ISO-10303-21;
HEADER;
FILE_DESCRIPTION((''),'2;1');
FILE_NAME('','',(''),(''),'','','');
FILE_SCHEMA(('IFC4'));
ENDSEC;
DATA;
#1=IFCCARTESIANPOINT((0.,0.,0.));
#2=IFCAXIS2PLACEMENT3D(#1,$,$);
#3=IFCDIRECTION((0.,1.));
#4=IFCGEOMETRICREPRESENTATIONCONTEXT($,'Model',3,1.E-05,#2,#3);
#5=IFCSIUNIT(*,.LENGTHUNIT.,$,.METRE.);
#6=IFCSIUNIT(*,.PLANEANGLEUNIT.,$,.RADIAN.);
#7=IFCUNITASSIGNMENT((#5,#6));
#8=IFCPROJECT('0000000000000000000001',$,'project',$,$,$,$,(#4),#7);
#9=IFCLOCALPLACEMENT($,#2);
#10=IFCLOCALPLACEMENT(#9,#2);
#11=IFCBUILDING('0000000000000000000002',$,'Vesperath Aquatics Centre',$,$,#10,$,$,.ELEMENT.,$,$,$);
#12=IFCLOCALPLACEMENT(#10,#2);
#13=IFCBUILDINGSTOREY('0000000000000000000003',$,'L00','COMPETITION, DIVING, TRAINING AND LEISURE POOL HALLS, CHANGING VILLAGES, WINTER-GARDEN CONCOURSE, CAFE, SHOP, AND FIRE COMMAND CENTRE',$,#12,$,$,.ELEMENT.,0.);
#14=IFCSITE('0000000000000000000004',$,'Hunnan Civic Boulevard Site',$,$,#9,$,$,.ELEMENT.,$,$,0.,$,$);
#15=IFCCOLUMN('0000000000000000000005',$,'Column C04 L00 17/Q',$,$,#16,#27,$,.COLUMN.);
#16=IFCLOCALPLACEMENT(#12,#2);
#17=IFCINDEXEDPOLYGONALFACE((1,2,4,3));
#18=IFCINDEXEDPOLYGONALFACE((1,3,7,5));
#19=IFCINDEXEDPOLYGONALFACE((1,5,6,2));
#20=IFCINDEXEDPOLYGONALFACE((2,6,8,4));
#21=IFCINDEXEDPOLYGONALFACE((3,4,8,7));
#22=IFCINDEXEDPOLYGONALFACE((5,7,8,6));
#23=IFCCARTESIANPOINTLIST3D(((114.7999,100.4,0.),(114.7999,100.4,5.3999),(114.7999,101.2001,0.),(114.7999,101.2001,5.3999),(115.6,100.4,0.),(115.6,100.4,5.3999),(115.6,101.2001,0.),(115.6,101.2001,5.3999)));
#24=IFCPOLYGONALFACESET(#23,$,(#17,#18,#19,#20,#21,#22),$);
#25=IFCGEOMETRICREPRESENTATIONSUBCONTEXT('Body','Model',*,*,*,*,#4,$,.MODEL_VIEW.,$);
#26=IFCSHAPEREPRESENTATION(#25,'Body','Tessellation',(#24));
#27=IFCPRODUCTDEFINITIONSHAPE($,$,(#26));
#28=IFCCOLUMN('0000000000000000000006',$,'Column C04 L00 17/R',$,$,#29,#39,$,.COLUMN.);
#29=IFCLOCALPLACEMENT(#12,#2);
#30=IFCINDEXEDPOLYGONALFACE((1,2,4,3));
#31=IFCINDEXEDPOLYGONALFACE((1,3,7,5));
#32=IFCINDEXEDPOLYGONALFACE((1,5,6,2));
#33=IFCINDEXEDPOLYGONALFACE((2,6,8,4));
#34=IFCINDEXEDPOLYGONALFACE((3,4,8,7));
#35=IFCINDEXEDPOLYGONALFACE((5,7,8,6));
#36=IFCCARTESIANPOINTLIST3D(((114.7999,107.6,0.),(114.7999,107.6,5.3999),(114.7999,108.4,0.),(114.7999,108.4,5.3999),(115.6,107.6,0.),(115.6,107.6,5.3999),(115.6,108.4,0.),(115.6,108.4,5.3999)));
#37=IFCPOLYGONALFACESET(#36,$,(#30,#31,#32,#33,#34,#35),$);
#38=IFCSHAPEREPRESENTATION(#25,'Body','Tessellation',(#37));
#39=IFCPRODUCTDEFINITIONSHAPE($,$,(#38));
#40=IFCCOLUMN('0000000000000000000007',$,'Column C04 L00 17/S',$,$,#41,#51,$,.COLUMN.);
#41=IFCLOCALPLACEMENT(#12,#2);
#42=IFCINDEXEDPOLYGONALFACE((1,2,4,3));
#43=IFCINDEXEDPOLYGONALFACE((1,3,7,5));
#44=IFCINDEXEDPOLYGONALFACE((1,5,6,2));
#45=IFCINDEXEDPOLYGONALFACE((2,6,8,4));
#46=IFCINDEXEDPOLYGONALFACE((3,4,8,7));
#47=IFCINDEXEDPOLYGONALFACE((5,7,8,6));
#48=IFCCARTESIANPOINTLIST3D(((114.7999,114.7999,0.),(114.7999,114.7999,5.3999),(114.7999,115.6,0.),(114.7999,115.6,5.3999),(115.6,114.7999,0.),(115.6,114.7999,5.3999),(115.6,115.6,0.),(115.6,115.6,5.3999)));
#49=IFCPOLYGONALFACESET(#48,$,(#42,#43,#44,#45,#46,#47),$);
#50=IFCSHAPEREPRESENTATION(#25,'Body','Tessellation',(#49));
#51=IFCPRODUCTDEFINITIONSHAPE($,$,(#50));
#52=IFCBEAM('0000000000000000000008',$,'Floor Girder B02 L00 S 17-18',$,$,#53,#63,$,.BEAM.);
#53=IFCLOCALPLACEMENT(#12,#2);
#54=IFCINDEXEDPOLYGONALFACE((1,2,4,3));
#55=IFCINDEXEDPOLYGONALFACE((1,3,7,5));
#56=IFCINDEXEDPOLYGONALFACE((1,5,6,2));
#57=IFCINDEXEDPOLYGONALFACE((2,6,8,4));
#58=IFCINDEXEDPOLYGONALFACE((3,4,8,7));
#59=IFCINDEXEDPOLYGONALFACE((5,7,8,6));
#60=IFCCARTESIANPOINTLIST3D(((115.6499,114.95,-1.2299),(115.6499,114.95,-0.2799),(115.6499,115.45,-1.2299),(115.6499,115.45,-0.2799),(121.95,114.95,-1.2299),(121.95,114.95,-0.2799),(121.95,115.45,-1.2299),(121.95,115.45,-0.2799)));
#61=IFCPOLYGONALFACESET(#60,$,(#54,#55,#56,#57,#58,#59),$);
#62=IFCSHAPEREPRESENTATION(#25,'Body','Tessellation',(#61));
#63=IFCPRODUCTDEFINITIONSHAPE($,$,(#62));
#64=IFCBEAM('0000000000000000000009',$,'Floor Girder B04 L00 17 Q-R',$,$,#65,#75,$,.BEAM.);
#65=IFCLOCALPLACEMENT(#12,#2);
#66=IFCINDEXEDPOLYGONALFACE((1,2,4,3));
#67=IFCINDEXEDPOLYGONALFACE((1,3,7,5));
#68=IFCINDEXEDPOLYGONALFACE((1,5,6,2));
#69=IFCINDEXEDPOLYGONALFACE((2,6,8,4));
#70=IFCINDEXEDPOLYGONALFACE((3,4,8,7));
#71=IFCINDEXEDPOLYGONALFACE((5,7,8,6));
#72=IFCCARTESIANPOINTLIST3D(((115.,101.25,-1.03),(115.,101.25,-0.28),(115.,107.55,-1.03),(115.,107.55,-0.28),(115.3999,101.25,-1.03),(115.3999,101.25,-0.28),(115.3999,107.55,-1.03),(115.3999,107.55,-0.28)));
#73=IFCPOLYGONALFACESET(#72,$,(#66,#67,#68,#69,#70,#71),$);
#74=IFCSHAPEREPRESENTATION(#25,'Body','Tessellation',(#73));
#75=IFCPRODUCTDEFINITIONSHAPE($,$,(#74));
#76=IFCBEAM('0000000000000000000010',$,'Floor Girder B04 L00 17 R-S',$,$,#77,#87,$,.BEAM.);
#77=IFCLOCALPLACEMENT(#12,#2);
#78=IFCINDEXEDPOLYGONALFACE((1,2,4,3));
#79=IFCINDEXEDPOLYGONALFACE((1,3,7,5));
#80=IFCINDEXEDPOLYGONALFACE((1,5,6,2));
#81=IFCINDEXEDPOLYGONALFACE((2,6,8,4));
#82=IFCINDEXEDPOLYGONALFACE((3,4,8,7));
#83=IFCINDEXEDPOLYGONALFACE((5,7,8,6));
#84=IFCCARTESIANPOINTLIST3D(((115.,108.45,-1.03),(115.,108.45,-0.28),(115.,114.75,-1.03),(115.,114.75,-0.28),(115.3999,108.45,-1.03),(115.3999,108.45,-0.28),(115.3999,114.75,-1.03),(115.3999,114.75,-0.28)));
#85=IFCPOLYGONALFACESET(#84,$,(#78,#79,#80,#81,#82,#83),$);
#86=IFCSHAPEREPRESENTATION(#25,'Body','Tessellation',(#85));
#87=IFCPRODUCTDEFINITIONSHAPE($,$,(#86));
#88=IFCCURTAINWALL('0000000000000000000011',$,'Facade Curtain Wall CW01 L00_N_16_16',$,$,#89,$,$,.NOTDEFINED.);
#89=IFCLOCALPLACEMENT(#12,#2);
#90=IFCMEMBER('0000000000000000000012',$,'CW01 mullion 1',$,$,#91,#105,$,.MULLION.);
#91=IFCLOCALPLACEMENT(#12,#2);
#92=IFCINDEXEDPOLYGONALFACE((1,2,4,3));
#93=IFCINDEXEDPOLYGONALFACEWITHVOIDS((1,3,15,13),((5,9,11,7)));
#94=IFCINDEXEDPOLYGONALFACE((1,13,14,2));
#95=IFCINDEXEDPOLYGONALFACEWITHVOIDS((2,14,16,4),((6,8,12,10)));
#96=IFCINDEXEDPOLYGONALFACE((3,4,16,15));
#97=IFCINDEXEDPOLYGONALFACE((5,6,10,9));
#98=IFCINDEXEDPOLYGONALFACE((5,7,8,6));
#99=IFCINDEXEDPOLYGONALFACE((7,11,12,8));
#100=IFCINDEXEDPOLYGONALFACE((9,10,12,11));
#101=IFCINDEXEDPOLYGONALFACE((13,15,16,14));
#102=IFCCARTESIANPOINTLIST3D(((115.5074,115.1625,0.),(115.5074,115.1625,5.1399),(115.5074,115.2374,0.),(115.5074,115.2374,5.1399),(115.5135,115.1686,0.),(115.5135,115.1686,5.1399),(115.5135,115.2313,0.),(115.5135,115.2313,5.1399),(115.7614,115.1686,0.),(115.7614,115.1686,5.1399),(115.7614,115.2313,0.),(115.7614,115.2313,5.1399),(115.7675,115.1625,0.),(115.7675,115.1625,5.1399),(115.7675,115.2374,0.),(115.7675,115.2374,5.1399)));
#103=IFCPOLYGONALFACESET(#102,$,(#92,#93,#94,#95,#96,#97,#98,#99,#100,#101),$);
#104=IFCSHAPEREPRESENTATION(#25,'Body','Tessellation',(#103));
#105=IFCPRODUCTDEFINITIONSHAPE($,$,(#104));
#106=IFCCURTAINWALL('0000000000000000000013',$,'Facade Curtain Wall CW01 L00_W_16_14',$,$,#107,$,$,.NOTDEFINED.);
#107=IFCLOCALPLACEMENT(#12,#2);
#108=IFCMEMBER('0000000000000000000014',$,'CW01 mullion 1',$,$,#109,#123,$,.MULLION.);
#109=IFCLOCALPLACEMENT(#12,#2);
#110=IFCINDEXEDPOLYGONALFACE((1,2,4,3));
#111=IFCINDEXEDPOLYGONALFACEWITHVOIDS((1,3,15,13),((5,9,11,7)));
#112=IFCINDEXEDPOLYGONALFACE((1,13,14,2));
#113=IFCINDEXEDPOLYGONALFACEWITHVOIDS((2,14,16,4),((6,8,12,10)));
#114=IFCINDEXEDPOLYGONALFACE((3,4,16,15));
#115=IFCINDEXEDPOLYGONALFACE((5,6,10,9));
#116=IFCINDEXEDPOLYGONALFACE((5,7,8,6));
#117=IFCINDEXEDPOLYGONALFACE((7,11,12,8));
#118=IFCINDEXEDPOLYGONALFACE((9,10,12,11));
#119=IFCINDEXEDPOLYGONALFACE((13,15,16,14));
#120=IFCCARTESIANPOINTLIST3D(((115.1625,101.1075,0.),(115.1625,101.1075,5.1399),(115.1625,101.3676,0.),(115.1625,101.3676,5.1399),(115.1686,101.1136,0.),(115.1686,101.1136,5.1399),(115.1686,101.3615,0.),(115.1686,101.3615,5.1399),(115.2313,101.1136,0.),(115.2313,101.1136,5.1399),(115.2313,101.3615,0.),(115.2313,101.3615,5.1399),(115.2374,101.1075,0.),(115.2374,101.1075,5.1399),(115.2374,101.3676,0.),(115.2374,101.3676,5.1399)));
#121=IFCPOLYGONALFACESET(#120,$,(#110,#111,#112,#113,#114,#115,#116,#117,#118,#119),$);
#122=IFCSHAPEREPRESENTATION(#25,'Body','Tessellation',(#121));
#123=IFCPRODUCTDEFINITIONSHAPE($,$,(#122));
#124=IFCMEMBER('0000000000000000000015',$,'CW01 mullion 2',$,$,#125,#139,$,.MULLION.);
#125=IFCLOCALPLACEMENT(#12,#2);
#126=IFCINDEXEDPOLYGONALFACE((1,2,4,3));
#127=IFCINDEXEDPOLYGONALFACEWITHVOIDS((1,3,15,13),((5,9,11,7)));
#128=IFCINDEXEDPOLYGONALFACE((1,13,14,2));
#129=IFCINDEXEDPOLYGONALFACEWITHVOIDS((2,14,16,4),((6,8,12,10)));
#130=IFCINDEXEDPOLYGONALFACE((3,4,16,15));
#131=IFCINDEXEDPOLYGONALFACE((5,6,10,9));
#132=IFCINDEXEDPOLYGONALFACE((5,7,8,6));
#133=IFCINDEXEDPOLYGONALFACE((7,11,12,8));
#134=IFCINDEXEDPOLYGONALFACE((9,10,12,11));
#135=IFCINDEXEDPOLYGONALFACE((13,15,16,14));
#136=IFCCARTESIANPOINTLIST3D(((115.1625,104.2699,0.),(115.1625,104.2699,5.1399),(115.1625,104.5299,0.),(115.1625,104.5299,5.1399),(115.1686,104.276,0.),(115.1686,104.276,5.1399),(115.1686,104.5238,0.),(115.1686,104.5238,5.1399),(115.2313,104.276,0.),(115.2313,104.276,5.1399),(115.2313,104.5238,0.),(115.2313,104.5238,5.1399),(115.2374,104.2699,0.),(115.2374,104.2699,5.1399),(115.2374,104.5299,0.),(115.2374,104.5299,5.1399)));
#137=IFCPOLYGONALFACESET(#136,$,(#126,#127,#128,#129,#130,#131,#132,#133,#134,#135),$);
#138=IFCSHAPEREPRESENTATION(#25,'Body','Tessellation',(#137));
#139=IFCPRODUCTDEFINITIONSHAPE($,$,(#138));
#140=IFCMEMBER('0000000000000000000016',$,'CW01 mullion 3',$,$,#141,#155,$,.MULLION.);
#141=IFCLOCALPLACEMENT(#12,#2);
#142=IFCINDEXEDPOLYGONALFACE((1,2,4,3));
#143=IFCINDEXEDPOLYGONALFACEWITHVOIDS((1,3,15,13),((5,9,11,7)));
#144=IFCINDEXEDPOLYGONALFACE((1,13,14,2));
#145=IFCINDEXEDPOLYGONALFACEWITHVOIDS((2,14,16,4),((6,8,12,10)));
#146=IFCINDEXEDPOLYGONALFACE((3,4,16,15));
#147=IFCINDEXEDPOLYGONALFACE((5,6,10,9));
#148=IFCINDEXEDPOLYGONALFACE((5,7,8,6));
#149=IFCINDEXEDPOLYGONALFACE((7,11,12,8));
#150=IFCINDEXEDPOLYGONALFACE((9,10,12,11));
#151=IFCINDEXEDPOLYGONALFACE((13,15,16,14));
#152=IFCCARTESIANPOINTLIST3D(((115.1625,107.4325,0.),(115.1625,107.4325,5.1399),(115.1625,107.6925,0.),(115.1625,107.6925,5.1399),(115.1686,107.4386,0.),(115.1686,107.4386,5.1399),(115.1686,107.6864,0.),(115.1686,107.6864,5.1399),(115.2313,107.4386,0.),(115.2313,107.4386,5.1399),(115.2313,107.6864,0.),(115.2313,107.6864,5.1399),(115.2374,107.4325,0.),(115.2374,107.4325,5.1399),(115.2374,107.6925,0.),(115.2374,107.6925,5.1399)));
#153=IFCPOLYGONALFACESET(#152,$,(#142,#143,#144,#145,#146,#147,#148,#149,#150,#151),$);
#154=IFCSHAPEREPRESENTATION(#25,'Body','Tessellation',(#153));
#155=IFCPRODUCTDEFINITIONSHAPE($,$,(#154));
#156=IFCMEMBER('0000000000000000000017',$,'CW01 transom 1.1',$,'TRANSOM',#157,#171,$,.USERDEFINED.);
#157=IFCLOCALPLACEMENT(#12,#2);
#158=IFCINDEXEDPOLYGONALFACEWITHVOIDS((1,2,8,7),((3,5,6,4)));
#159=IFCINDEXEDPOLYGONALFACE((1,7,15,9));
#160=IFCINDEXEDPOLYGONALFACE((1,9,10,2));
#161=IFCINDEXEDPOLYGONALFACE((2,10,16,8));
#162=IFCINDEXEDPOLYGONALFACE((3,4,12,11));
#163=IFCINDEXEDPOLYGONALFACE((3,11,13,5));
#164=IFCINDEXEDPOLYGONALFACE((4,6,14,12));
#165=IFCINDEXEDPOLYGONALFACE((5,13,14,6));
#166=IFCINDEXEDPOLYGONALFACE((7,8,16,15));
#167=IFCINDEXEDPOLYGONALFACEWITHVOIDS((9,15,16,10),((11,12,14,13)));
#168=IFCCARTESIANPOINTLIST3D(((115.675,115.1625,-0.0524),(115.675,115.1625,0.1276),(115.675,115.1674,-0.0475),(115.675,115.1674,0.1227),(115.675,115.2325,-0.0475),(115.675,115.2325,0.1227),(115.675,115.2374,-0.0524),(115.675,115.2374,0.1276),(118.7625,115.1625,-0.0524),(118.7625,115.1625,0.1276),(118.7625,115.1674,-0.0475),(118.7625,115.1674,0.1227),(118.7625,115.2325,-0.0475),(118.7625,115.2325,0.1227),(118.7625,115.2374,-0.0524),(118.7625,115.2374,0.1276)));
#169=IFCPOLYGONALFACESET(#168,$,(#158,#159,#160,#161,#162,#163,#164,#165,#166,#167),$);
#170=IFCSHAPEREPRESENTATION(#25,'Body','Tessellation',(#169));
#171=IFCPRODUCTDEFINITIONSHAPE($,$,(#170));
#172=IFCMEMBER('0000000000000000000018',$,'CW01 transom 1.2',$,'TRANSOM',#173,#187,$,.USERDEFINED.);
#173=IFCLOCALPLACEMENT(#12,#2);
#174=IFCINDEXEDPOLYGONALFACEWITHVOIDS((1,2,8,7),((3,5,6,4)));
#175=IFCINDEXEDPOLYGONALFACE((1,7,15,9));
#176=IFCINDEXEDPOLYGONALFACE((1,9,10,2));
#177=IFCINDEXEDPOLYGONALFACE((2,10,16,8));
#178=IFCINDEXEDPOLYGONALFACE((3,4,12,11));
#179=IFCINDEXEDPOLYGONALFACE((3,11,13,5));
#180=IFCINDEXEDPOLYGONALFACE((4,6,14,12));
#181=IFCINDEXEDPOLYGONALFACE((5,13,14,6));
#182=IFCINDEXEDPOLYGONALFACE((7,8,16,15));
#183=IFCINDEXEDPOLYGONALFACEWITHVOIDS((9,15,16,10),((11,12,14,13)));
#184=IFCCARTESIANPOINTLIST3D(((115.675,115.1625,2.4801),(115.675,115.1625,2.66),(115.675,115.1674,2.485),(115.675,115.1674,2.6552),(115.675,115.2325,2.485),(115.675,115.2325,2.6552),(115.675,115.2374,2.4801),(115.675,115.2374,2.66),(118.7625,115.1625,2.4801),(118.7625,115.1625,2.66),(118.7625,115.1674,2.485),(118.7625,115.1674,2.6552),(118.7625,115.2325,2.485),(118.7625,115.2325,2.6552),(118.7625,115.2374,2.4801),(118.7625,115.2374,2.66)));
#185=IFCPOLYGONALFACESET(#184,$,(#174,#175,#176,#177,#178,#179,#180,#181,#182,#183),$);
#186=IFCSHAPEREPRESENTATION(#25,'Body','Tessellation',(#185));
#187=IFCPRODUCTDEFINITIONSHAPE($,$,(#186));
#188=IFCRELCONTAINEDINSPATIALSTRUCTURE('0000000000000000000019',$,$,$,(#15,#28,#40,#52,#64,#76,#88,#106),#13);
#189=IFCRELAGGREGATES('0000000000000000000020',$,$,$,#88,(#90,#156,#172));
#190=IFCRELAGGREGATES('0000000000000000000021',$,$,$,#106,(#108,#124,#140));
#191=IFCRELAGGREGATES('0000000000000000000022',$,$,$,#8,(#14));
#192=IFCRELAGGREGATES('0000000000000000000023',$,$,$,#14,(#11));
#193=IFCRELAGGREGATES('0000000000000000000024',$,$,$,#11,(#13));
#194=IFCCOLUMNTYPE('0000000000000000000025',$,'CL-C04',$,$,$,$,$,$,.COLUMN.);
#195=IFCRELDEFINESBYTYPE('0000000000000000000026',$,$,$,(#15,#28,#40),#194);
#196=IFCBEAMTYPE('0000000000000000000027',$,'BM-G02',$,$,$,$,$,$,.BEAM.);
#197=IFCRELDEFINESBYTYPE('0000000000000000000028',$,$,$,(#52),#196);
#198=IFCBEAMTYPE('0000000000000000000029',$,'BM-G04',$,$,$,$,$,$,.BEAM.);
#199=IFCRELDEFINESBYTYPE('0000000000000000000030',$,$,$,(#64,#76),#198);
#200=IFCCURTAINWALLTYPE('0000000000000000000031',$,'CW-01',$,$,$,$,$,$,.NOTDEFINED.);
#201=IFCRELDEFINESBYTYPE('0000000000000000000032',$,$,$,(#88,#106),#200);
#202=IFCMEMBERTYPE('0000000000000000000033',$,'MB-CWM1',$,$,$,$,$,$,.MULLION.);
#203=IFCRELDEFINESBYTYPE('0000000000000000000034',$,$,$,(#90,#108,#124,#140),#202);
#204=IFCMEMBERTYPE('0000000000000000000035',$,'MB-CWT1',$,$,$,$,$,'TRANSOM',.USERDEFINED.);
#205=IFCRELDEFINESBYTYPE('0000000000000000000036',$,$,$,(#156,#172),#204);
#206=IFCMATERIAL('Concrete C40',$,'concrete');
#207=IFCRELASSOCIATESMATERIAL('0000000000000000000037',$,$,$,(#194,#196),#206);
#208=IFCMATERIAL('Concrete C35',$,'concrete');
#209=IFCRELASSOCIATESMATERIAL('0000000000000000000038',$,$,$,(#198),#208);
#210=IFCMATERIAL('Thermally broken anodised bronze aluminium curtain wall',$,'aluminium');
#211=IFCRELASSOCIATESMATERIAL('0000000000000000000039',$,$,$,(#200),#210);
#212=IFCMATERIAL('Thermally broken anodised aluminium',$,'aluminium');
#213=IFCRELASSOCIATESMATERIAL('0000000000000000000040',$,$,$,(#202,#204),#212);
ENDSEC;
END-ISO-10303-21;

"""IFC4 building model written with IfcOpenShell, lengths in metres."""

from ifc_helpers import new_model, si_unit, direction, frame, origin, origin_2d, place, context, subcontext, project, spatial, rectangle, hollow_rectangle, extrude, material, material_profile, profile_set, type_object, element, aggregate, save


model = new_model("IFC4")

# Units and contexts
model_context = context("Model", 3, precision=1e-05, world=origin(), true_north=direction((0.0, 1.0)))
body_context = subcontext(model_context, "Body", "Model", "MODEL_VIEW")
ifc_project = project(units=[si_unit("LENGTHUNIT", "METRE"), si_unit("PLANEANGLEUNIT", "RADIAN")], contexts=[model_context])

# Site, building, storey
site_placement = place(None, origin())
site = spatial("IfcSite", under=ifc_project, at=site_placement, Name="Hunnan Civic Boulevard Site", CompositionType="ELEMENT", RefElevation=0.0)
building_placement = place(site_placement, origin())
building = spatial("IfcBuilding", under=site, at=building_placement, Name="Vesperath Aquatics Centre", CompositionType="ELEMENT")
storey_placement = place(building_placement, origin())
storey = spatial("IfcBuildingStorey", under=building, at=storey_placement, Name="L00", Description="COMPETITION, DIVING, TRAINING AND LEISURE POOL HALLS, CHANGING VILLAGES, WINTER-GARDEN CONCOURSE, CAFE, SHOP, AND FIRE COMMAND CENTRE", CompositionType="ELEMENT", Elevation=0.0)

# Columns
ifc_material_1 = material(Name="Concrete C40", Category="concrete")
ifc_material_profile_1 = material_profile(ifc_material_1, rectangle(XDim=0.8, YDim=0.8, at=origin_2d()), Name="RC 800x800")
ifc_profile_set_1 = profile_set([ifc_material_profile_1], Name="Concrete C40")
column_type = type_object("IfcColumnType", Name="CL-C04", PredefinedType="COLUMN", material=ifc_profile_set_1)
for number, where, z_axis, x_axis, name in (
    (1, (115.2, 100.8, 0.0), (0.0, 0.0, 1.0), (1.0, 0.0, 0.0), "Column C04 L00 17/Q"),
    (2, (115.2, 108.0, 0.0), (0.0, 0.0, 1.0), (1.0, 0.0, 0.0), "Column C04 L00 17/R"),
    (3, (115.2, 115.2, 0.0), (0.0, 0.0, 1.0), (1.0, 0.0, 0.0), "Column C04 L00 17/S"),
):
    element("IfcColumn", number, at=place(storey_placement, frame(where, z_axis=z_axis, x_axis=x_axis)), inside=storey, type_object=column_type, Name=name, PredefinedType="COLUMN", context=body_context, shape_type="SweptSolid", body=[
        extrude(rectangle(XDim=0.8, YDim=0.8, at=origin_2d()), origin(), (0.0, 0.0, 1.0), 5.3999),
    ])

# Beams
ifc_material_profile_2 = material_profile(ifc_material_1, rectangle(XDim=0.5, YDim=0.95, at=origin_2d()), Name="RC 500x950")
ifc_profile_set_2 = profile_set([ifc_material_profile_2], Name="Concrete C40")
beam_type_1 = type_object("IfcBeamType", Name="BM-G02", PredefinedType="BEAM", material=ifc_profile_set_2)
beam_placement = place(storey_placement, frame((115.6499, 115.2, -0.7549), z_axis=(1.0, 0.0, 0.0), x_axis=(0.0, 1.0, 0.0)))
element("IfcBeam", 4, at=beam_placement, inside=storey, type_object=beam_type_1, Name="Floor Girder B02 L00 S 17-18", PredefinedType="BEAM", context=body_context, shape_type="SweptSolid", body=[
    extrude(rectangle(XDim=0.5, YDim=0.95, at=origin_2d()), origin(), (0.0, 0.0, 1.0), 6.3),
])
ifc_material_2 = material(Name="Concrete C35", Category="concrete")
ifc_material_profile_3 = material_profile(ifc_material_2, rectangle(XDim=0.3999, YDim=0.75, at=origin_2d()), Name="RC 400x750")
ifc_profile_set_3 = profile_set([ifc_material_profile_3], Name="Concrete C35")
beam_type_2 = type_object("IfcBeamType", Name="BM-G04", PredefinedType="BEAM", material=ifc_profile_set_3)
for number, where, z_axis, x_axis, name in (
    (5, (115.2, 101.25, -0.655), (0.0, 1.0, 0.0), (-1.0, 0.0, 0.0), "Floor Girder B04 L00 17 Q-R"),
    (6, (115.2, 108.45, -0.655), (0.0, 1.0, 0.0), (-1.0, 0.0, 0.0), "Floor Girder B04 L00 17 R-S"),
):
    element("IfcBeam", number, at=place(storey_placement, frame(where, z_axis=z_axis, x_axis=x_axis)), inside=storey, type_object=beam_type_2, Name=name, PredefinedType="BEAM", context=body_context, shape_type="SweptSolid", body=[
        extrude(rectangle(XDim=0.3999, YDim=0.75, at=origin_2d()), origin(), (0.0, 0.0, 1.0), 6.3),
    ])

# Curtain wall, member
ifc_material_3 = material(Name="Thermally broken anodised bronze aluminium curtain wall", Category="aluminium")
curtain_wall_type = type_object("IfcCurtainWallType", Name="CW-01", PredefinedType="NOTDEFINED", material=ifc_material_3)
curtain_wall_1_placement = place(storey_placement, origin())
curtain_wall_1 = element("IfcCurtainWall", 7, at=curtain_wall_1_placement, inside=storey, type_object=curtain_wall_type, Name="Facade Curtain Wall CW01 L00_N_16_16", PredefinedType="NOTDEFINED")
ifc_material_4 = material(Name="Thermally broken anodised aluminium", Category="aluminium")
ifc_material_profile_4 = material_profile(ifc_material_4, hollow_rectangle(XDim=0.075, YDim=0.26, WallThickness=0.0061, at=origin_2d()), Name="CWM 75x260x6")
ifc_profile_set_4 = profile_set([ifc_material_profile_4], Name="Thermally broken anodised aluminium")
member_type_1 = type_object("IfcMemberType", Name="MB-CWM1", PredefinedType="MULLION", material=ifc_profile_set_4)
member_1_placement = place(storey_placement, frame((115.6375, 115.2, 0.0), z_axis=(0.0, 0.0, 1.0), x_axis=(0.0, 1.0, 0.0)))
member_1 = element("IfcMember", 8, at=member_1_placement, type_object=member_type_1, Name="CW01 mullion 1", PredefinedType="MULLION", context=body_context, shape_type="SweptSolid", body=[
    extrude(hollow_rectangle(XDim=0.075, YDim=0.26, WallThickness=0.0061, at=origin_2d()), origin(), (0.0, 0.0, 1.0), 5.1399),
])

# Curtain wall, members
curtain_wall_2_placement = place(storey_placement, origin())
curtain_wall_2 = element("IfcCurtainWall", 9, at=curtain_wall_2_placement, inside=storey, type_object=curtain_wall_type, Name="Facade Curtain Wall CW01 L00_W_16_14", PredefinedType="NOTDEFINED")
member_2_placement = place(storey_placement, frame((115.2, 101.2375, 0.0), z_axis=(0.0, 0.0, 1.0), x_axis=(-1.0, 0.0, 0.0)))
member_2 = element("IfcMember", 10, at=member_2_placement, type_object=member_type_1, Name="CW01 mullion 1", PredefinedType="MULLION", context=body_context, shape_type="SweptSolid", body=[
    extrude(hollow_rectangle(XDim=0.075, YDim=0.26, WallThickness=0.0061, at=origin_2d()), origin(), (0.0, 0.0, 1.0), 5.1399),
])
member_3_placement = place(storey_placement, frame((115.2, 104.3999, 0.0), z_axis=(0.0, 0.0, 1.0), x_axis=(-1.0, 0.0, 0.0)))
member_3 = element("IfcMember", 11, at=member_3_placement, type_object=member_type_1, Name="CW01 mullion 2", PredefinedType="MULLION", context=body_context, shape_type="SweptSolid", body=[
    extrude(hollow_rectangle(XDim=0.075, YDim=0.26, WallThickness=0.0061, at=origin_2d()), origin(), (0.0, 0.0, 1.0), 5.1399),
])
member_4_placement = place(storey_placement, frame((115.2, 107.5625, 0.0), z_axis=(0.0, 0.0, 1.0), x_axis=(-1.0, 0.0, 0.0)))
member_4 = element("IfcMember", 12, at=member_4_placement, type_object=member_type_1, Name="CW01 mullion 3", PredefinedType="MULLION", context=body_context, shape_type="SweptSolid", body=[
    extrude(hollow_rectangle(XDim=0.075, YDim=0.26, WallThickness=0.0061, at=origin_2d()), origin(), (0.0, 0.0, 1.0), 5.1399),
])

# Members
ifc_material_profile_5 = material_profile(ifc_material_4, hollow_rectangle(XDim=0.075, YDim=0.1799, WallThickness=0.0049, at=origin_2d()), Name="CWT 75x180x5")
ifc_profile_set_5 = profile_set([ifc_material_profile_5], Name="Thermally broken anodised aluminium")
member_type_2 = type_object("IfcMemberType", Name="MB-CWT1", ElementType="TRANSOM", PredefinedType="USERDEFINED", material=ifc_profile_set_5)
member_5_placement = place(storey_placement, frame((115.675, 115.2, 0.0376), z_axis=(1.0, 0.0, 0.0), x_axis=(0.0, 1.0, 0.0)))
member_5 = element("IfcMember", 13, at=member_5_placement, type_object=member_type_2, Name="CW01 transom 1.1", ObjectType="TRANSOM", PredefinedType="USERDEFINED", context=body_context, shape_type="SweptSolid", body=[
    extrude(hollow_rectangle(XDim=0.075, YDim=0.1799, WallThickness=0.0049, at=origin_2d()), origin(), (0.0, 0.0, 1.0), 3.0874),
])
member_6_placement = place(storey_placement, frame((115.675, 115.2, 2.5701), z_axis=(1.0, 0.0, 0.0), x_axis=(0.0, 1.0, 0.0)))
member_6 = element("IfcMember", 14, at=member_6_placement, type_object=member_type_2, Name="CW01 transom 1.2", ObjectType="TRANSOM", PredefinedType="USERDEFINED", context=body_context, shape_type="SweptSolid", body=[
    extrude(hollow_rectangle(XDim=0.075, YDim=0.1799, WallThickness=0.0049, at=origin_2d()), origin(), (0.0, 0.0, 1.0), 3.0874),
])

aggregate(curtain_wall_1, [member_1, member_5, member_6])
aggregate(curtain_wall_2, [member_2, member_3, member_4])

save(model, "model.ifc")
